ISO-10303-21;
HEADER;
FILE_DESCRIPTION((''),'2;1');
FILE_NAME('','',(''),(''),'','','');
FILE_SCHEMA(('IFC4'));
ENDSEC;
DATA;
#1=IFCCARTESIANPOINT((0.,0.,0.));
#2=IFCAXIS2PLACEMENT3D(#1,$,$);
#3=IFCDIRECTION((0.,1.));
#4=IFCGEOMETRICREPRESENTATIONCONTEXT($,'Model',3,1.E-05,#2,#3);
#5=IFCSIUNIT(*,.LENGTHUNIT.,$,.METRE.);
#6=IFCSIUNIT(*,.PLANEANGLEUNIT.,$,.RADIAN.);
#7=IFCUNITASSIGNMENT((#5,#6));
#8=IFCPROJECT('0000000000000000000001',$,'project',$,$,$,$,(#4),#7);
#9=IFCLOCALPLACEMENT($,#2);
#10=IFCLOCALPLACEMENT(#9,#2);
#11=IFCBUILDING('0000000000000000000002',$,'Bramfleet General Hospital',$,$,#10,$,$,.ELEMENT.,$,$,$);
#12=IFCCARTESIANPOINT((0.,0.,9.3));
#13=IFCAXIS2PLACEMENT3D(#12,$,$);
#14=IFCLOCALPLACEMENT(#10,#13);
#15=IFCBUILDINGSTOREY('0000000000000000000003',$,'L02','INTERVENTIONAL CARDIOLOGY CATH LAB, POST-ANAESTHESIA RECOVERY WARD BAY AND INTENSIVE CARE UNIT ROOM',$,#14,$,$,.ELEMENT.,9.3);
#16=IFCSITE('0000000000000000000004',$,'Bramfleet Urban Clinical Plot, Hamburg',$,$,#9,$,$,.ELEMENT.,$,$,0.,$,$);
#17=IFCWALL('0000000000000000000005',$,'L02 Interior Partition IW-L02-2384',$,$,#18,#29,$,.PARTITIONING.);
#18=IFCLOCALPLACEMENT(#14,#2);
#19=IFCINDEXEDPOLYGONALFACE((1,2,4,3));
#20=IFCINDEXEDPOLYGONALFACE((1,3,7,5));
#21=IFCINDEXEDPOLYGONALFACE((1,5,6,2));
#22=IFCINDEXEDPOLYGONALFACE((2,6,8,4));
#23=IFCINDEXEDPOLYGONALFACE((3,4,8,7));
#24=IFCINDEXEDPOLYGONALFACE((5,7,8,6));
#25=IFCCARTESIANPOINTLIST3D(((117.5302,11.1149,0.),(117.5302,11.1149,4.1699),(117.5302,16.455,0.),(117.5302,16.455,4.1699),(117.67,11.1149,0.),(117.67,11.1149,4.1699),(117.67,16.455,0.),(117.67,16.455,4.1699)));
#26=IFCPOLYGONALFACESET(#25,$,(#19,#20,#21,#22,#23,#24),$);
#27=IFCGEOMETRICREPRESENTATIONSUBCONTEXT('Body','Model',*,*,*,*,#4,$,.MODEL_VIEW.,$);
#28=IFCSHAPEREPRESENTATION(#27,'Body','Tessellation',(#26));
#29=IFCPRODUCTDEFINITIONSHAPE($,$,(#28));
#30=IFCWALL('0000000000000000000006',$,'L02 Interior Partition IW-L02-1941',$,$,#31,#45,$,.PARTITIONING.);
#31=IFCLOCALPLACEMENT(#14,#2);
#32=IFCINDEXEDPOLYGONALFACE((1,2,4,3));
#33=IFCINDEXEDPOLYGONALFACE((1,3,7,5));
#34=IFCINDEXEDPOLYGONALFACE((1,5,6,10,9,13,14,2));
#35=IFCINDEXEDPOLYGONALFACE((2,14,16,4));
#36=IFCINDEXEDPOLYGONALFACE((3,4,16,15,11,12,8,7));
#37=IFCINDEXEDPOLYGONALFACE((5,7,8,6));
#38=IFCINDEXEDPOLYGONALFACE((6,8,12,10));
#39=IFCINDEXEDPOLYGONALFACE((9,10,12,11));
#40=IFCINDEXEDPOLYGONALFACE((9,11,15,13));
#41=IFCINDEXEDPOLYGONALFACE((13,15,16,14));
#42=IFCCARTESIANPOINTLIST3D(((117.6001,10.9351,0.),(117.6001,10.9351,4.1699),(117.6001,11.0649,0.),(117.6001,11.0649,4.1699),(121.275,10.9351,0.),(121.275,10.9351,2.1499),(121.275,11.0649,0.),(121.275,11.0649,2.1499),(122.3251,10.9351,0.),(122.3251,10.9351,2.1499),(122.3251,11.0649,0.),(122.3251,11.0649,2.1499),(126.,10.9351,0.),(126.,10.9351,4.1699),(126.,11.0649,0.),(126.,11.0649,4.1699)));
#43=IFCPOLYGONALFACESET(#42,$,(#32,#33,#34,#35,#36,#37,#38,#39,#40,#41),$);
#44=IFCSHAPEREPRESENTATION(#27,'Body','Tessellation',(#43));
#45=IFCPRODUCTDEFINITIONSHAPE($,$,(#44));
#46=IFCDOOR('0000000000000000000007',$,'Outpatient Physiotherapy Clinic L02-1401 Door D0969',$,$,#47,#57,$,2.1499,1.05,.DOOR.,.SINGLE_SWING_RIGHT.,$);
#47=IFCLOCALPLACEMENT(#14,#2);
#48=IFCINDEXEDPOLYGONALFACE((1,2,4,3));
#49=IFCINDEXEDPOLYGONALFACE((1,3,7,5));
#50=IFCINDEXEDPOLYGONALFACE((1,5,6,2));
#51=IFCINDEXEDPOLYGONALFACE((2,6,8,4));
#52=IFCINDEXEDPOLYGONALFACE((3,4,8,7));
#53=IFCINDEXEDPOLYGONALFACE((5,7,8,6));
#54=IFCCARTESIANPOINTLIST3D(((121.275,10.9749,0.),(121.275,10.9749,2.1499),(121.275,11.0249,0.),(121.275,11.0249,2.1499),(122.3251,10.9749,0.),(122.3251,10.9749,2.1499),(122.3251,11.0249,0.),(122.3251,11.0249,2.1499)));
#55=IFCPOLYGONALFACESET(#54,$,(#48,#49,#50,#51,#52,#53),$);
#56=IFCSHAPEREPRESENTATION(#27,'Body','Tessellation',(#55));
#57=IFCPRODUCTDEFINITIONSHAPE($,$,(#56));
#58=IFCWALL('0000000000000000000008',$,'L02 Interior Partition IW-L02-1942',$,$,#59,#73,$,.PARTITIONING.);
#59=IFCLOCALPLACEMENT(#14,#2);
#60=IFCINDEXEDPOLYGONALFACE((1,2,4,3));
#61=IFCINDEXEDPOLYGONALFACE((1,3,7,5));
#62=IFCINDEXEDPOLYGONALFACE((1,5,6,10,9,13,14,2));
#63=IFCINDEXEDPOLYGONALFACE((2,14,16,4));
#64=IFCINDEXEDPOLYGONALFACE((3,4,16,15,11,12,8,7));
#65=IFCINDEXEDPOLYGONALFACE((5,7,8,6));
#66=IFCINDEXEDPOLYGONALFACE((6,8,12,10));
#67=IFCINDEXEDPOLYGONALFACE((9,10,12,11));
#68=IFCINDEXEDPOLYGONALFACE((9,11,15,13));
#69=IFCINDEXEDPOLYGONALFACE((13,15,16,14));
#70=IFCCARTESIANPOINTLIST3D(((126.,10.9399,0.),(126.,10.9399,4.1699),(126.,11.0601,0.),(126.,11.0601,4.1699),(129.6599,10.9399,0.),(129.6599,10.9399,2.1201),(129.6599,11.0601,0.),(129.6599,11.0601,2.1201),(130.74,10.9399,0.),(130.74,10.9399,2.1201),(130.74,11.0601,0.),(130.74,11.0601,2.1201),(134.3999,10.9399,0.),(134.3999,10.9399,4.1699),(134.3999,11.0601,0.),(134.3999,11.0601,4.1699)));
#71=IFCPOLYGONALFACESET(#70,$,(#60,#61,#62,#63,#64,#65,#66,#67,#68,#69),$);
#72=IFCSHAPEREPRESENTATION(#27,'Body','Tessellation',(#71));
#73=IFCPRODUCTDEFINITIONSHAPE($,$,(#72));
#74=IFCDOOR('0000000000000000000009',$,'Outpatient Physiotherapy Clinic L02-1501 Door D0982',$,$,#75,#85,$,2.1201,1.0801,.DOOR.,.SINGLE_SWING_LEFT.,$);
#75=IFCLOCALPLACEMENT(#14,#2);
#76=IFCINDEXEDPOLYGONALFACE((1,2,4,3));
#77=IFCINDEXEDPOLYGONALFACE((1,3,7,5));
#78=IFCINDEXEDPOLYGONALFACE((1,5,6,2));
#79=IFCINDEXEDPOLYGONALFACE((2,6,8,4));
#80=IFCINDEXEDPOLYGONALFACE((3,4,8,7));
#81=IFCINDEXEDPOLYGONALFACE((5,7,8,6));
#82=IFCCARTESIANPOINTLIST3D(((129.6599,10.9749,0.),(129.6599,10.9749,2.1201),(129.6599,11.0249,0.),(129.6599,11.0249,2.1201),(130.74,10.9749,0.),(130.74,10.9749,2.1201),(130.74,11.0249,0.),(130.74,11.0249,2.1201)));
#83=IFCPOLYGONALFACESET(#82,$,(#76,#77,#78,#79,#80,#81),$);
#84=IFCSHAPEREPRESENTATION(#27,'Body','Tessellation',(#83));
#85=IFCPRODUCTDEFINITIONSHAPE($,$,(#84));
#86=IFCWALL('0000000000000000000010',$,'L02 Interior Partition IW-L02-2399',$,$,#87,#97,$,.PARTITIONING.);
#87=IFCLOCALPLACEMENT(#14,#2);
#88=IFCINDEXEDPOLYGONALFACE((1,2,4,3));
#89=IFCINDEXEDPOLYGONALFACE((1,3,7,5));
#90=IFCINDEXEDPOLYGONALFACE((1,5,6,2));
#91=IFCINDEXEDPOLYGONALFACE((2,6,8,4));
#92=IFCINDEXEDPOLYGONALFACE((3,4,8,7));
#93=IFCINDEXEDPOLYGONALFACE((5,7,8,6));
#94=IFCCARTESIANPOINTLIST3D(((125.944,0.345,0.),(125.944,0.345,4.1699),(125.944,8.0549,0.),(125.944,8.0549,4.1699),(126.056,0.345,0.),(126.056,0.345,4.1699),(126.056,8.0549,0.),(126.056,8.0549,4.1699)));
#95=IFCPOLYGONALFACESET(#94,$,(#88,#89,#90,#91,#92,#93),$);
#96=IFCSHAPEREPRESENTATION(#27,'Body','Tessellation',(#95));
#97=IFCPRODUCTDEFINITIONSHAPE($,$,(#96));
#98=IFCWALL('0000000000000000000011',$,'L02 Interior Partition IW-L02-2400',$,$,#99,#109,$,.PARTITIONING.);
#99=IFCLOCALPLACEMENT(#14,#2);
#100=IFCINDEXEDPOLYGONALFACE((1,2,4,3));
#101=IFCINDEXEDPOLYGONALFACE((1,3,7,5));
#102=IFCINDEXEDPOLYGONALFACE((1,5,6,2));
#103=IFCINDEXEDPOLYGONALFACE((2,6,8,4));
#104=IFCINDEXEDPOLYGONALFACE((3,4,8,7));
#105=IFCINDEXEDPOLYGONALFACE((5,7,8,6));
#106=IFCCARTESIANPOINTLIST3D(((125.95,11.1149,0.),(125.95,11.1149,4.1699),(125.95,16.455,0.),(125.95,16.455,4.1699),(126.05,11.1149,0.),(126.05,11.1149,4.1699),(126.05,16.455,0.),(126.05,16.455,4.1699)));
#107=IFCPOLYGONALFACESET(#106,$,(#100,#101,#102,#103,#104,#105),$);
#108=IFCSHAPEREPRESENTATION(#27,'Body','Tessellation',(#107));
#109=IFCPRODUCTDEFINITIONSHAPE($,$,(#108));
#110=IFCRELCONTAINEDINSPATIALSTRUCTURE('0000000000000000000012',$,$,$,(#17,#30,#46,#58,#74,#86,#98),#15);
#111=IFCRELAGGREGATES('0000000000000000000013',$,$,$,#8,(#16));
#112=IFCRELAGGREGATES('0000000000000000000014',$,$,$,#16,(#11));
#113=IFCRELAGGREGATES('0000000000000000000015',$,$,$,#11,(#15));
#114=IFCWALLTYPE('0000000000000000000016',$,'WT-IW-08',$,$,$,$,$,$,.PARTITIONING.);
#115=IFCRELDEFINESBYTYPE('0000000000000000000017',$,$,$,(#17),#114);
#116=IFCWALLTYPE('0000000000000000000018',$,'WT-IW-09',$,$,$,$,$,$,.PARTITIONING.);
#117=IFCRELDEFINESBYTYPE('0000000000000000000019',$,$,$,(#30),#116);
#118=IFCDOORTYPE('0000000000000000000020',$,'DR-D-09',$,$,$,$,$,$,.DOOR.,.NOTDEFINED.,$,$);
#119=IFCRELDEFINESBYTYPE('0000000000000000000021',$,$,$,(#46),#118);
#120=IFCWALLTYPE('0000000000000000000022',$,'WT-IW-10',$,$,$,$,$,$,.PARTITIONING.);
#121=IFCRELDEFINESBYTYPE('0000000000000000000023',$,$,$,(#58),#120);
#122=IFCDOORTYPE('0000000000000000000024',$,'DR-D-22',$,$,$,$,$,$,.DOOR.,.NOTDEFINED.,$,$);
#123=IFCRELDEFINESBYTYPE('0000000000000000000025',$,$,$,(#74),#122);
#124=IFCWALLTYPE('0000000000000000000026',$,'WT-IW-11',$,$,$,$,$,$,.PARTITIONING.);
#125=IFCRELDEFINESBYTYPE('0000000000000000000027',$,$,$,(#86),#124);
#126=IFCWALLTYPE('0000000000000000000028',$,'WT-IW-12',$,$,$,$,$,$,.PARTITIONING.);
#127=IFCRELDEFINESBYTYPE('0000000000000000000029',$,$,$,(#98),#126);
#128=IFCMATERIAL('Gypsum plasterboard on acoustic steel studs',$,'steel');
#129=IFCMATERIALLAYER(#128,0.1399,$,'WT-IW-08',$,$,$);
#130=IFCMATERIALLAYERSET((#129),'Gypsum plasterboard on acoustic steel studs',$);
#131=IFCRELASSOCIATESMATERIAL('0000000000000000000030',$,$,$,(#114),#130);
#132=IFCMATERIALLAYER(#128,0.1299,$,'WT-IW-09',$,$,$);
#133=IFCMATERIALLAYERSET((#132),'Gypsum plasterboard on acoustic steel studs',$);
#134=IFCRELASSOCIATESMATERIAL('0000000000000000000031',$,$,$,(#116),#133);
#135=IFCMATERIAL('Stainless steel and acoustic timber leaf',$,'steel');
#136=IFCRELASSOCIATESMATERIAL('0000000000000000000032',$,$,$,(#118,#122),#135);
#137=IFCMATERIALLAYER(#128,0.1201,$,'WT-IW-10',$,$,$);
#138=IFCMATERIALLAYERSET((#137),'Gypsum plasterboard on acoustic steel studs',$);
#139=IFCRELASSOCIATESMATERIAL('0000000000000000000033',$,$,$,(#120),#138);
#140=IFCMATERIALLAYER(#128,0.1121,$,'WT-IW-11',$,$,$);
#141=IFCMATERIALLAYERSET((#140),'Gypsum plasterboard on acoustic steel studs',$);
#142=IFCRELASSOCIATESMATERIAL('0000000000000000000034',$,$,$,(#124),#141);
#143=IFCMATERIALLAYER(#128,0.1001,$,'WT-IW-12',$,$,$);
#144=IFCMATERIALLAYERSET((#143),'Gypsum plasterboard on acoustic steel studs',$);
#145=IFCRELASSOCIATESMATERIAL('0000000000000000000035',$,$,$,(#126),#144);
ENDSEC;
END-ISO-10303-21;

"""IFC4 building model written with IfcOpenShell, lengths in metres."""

from ifc_helpers import new_model, si_unit, direction, frame, frame_2d, origin, place, context, subcontext, project, spatial, rectangle, extrude, material, layer, layer_set, type_object, element, fill, save


model = new_model("IFC4")

# Units and contexts
model_context = context("Model", 3, precision=1e-05, world=origin(), true_north=direction((0.0, 1.0)))
body_context = subcontext(model_context, "Body", "Model", "MODEL_VIEW")
ifc_project = project(units=[si_unit("LENGTHUNIT", "METRE"), si_unit("PLANEANGLEUNIT", "RADIAN")], contexts=[model_context])

# Site, building, storey
site_placement = place(None, origin())
site = spatial("IfcSite", under=ifc_project, at=site_placement, Name="Bramfleet Urban Clinical Plot, Hamburg", CompositionType="ELEMENT", RefElevation=0.0)
building_placement = place(site_placement, origin())
building = spatial("IfcBuilding", under=site, at=building_placement, Name="Bramfleet General Hospital", CompositionType="ELEMENT")
storey_placement = place(building_placement, frame((0.0, 0.0, 9.3)))
storey = spatial("IfcBuildingStorey", under=building, at=storey_placement, Name="L02", Description="INTERVENTIONAL CARDIOLOGY CATH LAB, POST-ANAESTHESIA RECOVERY WARD BAY AND INTENSIVE CARE UNIT ROOM", CompositionType="ELEMENT", Elevation=9.3)

# Shared definitions
ifc_material_1 = material(Name="Stainless steel and acoustic timber leaf", Category="steel")

# Wall
ifc_material_2 = material(Name="Gypsum plasterboard on acoustic steel studs", Category="steel")
ifc_layer_1 = layer(ifc_material_2, 0.1399, Name="WT-IW-08")
ifc_layer_set_1 = layer_set([ifc_layer_1], Name="Gypsum plasterboard on acoustic steel studs")
wall_type_1 = type_object("IfcWallType", Name="WT-IW-08", PredefinedType="PARTITIONING", material=ifc_layer_set_1)
wall_1_placement = place(storey_placement, frame((117.6001, 11.115, 0.0), z_axis=(0.0, 0.0, 1.0), x_axis=(0.0, 1.0, 0.0)))
element("IfcWall", 1, at=wall_1_placement, inside=storey, type_object=wall_type_1, Name="L02 Interior Partition IW-L02-2384", PredefinedType="PARTITIONING", context=body_context, shape_type="SweptSolid", body=[
    extrude(rectangle(XDim=5.3401, YDim=0.1399, at=frame_2d((2.6699, 0.0))), origin(), (0.0, 0.0, 1.0), 4.1699),
])

# Walls, openings, doors
ifc_layer_2 = layer(ifc_material_2, 0.1299, Name="WT-IW-09")
ifc_layer_set_2 = layer_set([ifc_layer_2], Name="Gypsum plasterboard on acoustic steel studs")
wall_type_2 = type_object("IfcWallType", Name="WT-IW-09", PredefinedType="PARTITIONING", material=ifc_layer_set_2)
wall_2_placement = place(storey_placement, frame((117.6001, 11.0, 0.0), z_axis=(0.0, 0.0, 1.0), x_axis=(1.0, 0.0, 0.0)))
wall_2 = element("IfcWall", 2, at=wall_2_placement, inside=storey, type_object=wall_type_2, Name="L02 Interior Partition IW-L02-1941", PredefinedType="PARTITIONING", context=body_context, shape_type="SweptSolid", body=[
    extrude(rectangle(XDim=8.3999, YDim=0.1299, at=frame_2d((4.2, 0.0))), origin(), (0.0, 0.0, 1.0), 4.1699),
])
opening_1_placement = place(wall_2_placement, frame((3.675, 0.0, 0.0)))
opening_1 = element("IfcOpeningElement", 3, at=opening_1_placement, cuts=wall_2, PredefinedType="OPENING", context=body_context, shape_type="SweptSolid", body=[
    extrude(rectangle(XDim=1.05, YDim=2.1499, at=frame_2d((0.5249, 1.075))), frame((0.0, 0.075, 0.0), z_axis=(0.0, -1.0, 0.0), x_axis=(1.0, 0.0, 0.0)), (0.0, 0.0, 1.0), 0.1499),
])
door_type_1 = type_object("IfcDoorType", Name="DR-D-09", OperationType="NOTDEFINED", PredefinedType="DOOR", material=ifc_material_1)
door_1_placement = place(opening_1_placement, origin())
door_1 = element("IfcDoor", 4, at=door_1_placement, inside=storey, type_object=door_type_1, Name="Outpatient Physiotherapy Clinic L02-1401 Door D0969", OperationType="SINGLE_SWING_RIGHT", OverallHeight=2.1499, OverallWidth=1.05, PredefinedType="DOOR", context=body_context, shape_type="SweptSolid", body=[
    extrude(rectangle(XDim=1.05, YDim=2.1499, at=frame_2d((0.5249, 1.075))), frame((0.0, 0.0249, 0.0), z_axis=(0.0, -1.0, 0.0), x_axis=(1.0, 0.0, 0.0)), (0.0, 0.0, 1.0), 0.05),
])
fill(opening_1, door_1)
ifc_layer_3 = layer(ifc_material_2, 0.1201, Name="WT-IW-10")
ifc_layer_set_3 = layer_set([ifc_layer_3], Name="Gypsum plasterboard on acoustic steel studs")
wall_type_3 = type_object("IfcWallType", Name="WT-IW-10", PredefinedType="PARTITIONING", material=ifc_layer_set_3)
wall_3_placement = place(storey_placement, frame((126.0, 11.0, 0.0), z_axis=(0.0, 0.0, 1.0), x_axis=(1.0, 0.0, 0.0)))
wall_3 = element("IfcWall", 5, at=wall_3_placement, inside=storey, type_object=wall_type_3, Name="L02 Interior Partition IW-L02-1942", PredefinedType="PARTITIONING", context=body_context, shape_type="SweptSolid", body=[
    extrude(rectangle(XDim=8.3999, YDim=0.1201, at=frame_2d((4.2, 0.0))), origin(), (0.0, 0.0, 1.0), 4.1699),
])
opening_2_placement = place(wall_3_placement, frame((3.6599, 0.0, 0.0)))
opening_2 = element("IfcOpeningElement", 6, at=opening_2_placement, cuts=wall_3, PredefinedType="OPENING", context=body_context, shape_type="SweptSolid", body=[
    extrude(rectangle(XDim=1.0801, YDim=2.1201, at=frame_2d((0.54, 1.0601))), frame((0.0, 0.0701, 0.0), z_axis=(0.0, -1.0, 0.0), x_axis=(1.0, 0.0, 0.0)), (0.0, 0.0, 1.0), 0.1401),
])
door_type_2 = type_object("IfcDoorType", Name="DR-D-22", OperationType="NOTDEFINED", PredefinedType="DOOR", material=ifc_material_1)
door_2_placement = place(opening_2_placement, origin())
door_2 = element("IfcDoor", 7, at=door_2_placement, inside=storey, type_object=door_type_2, Name="Outpatient Physiotherapy Clinic L02-1501 Door D0982", OperationType="SINGLE_SWING_LEFT", OverallHeight=2.1201, OverallWidth=1.0801, PredefinedType="DOOR", context=body_context, shape_type="SweptSolid", body=[
    extrude(rectangle(XDim=1.0801, YDim=2.1201, at=frame_2d((0.54, 1.0601))), frame((0.0, 0.0249, 0.0), z_axis=(0.0, -1.0, 0.0), x_axis=(1.0, 0.0, 0.0)), (0.0, 0.0, 1.0), 0.05),
])
fill(opening_2, door_2)

# Walls
ifc_layer_4 = layer(ifc_material_2, 0.1121, Name="WT-IW-11")
ifc_layer_set_4 = layer_set([ifc_layer_4], Name="Gypsum plasterboard on acoustic steel studs")
wall_type_4 = type_object("IfcWallType", Name="WT-IW-11", PredefinedType="PARTITIONING", material=ifc_layer_set_4)
wall_4_placement = place(storey_placement, frame((126.0, 0.345, 0.0), z_axis=(0.0, 0.0, 1.0), x_axis=(0.0, 1.0, 0.0)))
element("IfcWall", 8, at=wall_4_placement, inside=storey, type_object=wall_type_4, Name="L02 Interior Partition IW-L02-2399", PredefinedType="PARTITIONING", context=body_context, shape_type="SweptSolid", body=[
    extrude(rectangle(XDim=7.71, YDim=0.1121, at=frame_2d((3.855, 0.0))), origin(), (0.0, 0.0, 1.0), 4.1699),
])
ifc_layer_5 = layer(ifc_material_2, 0.1001, Name="WT-IW-12")
ifc_layer_set_5 = layer_set([ifc_layer_5], Name="Gypsum plasterboard on acoustic steel studs")
wall_type_5 = type_object("IfcWallType", Name="WT-IW-12", PredefinedType="PARTITIONING", material=ifc_layer_set_5)
wall_5_placement = place(storey_placement, frame((126.0, 11.115, 0.0), z_axis=(0.0, 0.0, 1.0), x_axis=(0.0, 1.0, 0.0)))
element("IfcWall", 9, at=wall_5_placement, inside=storey, type_object=wall_type_5, Name="L02 Interior Partition IW-L02-2400", PredefinedType="PARTITIONING", context=body_context, shape_type="SweptSolid", body=[
    extrude(rectangle(XDim=5.3401, YDim=0.1001, at=frame_2d((2.6699, 0.0))), origin(), (0.0, 0.0, 1.0), 4.1699),
])

save(model, "model.ifc")
